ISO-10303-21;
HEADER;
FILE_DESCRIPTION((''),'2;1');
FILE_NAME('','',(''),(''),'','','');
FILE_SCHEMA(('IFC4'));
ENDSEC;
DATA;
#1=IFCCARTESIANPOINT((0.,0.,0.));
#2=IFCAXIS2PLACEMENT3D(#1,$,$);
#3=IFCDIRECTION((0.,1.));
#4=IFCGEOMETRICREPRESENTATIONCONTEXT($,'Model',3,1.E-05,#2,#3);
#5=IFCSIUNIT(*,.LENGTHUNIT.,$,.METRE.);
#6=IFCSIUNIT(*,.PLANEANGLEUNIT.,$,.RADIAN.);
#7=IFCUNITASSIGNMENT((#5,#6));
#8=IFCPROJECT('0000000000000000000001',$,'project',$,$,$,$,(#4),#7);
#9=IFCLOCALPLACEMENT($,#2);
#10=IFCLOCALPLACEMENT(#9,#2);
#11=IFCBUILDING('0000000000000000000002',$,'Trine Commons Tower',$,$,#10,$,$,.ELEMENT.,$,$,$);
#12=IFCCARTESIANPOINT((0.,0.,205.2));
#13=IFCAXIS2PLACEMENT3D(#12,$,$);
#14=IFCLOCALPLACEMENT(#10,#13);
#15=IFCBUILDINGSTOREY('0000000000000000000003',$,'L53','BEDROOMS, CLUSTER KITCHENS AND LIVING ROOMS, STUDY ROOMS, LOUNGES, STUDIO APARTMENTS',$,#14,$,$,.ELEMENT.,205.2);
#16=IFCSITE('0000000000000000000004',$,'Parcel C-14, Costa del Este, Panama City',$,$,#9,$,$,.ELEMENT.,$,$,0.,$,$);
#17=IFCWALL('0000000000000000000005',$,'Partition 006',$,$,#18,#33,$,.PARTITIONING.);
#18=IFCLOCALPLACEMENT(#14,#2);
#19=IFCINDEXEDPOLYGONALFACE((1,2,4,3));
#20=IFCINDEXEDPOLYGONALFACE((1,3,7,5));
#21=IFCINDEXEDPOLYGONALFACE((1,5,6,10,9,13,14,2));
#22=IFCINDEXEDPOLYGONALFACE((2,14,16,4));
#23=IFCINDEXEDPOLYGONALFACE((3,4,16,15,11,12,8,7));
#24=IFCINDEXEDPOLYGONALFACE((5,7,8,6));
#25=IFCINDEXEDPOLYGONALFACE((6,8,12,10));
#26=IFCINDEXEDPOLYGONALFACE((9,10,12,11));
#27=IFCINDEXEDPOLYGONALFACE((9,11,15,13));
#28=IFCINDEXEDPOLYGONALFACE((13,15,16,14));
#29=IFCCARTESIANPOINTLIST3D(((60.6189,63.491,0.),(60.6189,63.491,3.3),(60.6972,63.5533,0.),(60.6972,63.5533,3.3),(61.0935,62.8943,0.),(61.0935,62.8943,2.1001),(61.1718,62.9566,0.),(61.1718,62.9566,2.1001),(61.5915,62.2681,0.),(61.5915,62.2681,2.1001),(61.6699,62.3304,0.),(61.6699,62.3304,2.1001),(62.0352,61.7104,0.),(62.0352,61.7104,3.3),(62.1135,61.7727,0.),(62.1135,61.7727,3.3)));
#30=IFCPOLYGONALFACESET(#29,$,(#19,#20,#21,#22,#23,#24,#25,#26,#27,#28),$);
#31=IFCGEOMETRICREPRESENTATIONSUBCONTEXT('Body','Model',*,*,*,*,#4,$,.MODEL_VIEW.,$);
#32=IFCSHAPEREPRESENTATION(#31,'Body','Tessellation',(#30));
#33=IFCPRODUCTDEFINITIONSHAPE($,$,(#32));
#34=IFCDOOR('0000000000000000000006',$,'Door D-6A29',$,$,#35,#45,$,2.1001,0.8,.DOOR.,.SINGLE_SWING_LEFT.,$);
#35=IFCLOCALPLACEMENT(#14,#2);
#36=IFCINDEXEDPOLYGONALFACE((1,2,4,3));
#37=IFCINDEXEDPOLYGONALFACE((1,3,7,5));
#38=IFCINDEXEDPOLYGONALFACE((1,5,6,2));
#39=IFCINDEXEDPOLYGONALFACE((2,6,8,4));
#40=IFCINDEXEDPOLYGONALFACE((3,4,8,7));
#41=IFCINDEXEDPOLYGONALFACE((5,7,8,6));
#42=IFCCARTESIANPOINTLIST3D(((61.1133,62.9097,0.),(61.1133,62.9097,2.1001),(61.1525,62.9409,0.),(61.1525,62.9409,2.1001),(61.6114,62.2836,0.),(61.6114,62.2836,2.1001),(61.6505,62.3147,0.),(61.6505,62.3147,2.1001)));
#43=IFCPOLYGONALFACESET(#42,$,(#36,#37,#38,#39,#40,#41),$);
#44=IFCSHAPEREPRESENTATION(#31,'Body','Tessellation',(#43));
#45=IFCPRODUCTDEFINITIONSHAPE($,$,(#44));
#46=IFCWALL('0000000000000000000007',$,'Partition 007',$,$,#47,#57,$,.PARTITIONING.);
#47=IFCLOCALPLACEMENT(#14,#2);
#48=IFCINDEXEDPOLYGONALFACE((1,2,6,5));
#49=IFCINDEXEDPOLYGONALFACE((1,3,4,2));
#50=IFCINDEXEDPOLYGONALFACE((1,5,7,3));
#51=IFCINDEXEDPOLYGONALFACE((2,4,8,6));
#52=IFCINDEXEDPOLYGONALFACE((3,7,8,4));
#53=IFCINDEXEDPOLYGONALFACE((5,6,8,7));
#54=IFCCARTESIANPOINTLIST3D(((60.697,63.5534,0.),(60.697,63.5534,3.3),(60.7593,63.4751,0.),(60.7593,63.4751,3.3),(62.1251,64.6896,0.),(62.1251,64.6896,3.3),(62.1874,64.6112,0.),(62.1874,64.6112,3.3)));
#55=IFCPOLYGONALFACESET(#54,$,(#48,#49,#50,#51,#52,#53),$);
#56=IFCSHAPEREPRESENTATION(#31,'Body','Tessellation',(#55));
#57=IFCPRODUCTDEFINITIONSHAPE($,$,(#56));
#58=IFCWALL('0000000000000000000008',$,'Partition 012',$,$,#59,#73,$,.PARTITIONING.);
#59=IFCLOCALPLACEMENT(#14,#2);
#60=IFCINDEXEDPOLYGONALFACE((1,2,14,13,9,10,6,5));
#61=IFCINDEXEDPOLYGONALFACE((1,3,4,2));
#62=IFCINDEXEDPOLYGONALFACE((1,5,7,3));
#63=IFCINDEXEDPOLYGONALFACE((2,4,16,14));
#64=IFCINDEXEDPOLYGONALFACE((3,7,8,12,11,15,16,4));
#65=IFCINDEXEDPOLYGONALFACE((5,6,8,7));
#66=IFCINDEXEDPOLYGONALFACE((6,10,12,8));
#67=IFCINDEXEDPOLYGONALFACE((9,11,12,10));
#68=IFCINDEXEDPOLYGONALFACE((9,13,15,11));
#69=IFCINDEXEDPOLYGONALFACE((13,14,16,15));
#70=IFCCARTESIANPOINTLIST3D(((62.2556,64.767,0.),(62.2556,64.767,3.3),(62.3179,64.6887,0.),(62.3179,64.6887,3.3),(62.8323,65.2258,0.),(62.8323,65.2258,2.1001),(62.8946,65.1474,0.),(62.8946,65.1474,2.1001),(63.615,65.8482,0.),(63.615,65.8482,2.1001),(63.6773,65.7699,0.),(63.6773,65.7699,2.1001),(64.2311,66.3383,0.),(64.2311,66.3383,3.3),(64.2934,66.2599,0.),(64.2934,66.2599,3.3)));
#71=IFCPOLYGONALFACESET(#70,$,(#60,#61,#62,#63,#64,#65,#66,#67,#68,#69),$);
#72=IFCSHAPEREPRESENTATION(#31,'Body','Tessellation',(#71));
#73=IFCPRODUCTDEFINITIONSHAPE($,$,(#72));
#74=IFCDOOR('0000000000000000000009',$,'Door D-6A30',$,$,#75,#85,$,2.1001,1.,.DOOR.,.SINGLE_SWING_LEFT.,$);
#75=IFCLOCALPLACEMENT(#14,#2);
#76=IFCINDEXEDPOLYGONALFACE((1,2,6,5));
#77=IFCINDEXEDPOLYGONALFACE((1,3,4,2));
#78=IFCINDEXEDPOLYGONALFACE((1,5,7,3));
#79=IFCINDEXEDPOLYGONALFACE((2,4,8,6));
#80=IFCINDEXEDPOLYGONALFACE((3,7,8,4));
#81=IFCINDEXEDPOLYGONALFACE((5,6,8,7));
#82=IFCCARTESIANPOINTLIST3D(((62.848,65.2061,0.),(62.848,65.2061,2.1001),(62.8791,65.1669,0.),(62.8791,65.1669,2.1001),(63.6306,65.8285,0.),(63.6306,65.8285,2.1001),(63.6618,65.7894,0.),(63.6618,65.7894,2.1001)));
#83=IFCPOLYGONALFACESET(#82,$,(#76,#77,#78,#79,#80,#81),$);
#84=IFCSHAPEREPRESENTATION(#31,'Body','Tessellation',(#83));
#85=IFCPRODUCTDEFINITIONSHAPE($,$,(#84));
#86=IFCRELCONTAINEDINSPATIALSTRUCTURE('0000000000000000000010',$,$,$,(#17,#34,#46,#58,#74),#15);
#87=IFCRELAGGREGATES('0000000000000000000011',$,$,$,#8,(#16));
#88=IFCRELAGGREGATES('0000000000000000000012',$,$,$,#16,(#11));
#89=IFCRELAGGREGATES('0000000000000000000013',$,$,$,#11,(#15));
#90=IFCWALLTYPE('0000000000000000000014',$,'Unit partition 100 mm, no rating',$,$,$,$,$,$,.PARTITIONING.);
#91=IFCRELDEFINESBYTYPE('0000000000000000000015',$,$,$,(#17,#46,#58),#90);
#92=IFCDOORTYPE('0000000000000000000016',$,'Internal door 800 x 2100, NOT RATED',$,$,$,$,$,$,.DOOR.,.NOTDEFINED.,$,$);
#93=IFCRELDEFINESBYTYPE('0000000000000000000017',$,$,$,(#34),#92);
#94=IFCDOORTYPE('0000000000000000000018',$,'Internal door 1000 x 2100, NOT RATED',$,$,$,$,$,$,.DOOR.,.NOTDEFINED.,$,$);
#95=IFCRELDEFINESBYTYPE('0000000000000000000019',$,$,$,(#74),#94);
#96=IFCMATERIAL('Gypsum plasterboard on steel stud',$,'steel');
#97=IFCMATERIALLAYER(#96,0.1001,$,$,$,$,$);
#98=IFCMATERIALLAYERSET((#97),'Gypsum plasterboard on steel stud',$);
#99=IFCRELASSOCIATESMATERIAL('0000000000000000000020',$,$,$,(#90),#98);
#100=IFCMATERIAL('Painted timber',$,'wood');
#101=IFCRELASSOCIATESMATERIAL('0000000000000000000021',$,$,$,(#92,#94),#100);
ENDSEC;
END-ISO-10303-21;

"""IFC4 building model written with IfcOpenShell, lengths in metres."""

from ifc_helpers import new_model, si_unit, direction, frame, frame_2d, origin, place, context, subcontext, project, spatial, rectangle, extrude, material, layer, layer_set, type_object, element, fill, save


model = new_model("IFC4")

# Units and contexts
model_context = context("Model", 3, precision=1e-05, world=origin(), true_north=direction((0.0, 1.0)))
body_context = subcontext(model_context, "Body", "Model", "MODEL_VIEW")
ifc_project = project(units=[si_unit("LENGTHUNIT", "METRE"), si_unit("PLANEANGLEUNIT", "RADIAN")], contexts=[model_context])

# Site, building, storey
site_placement = place(None, origin())
site = spatial("IfcSite", under=ifc_project, at=site_placement, Name="Parcel C-14, Costa del Este, Panama City", CompositionType="ELEMENT", RefElevation=0.0)
building_placement = place(site_placement, origin())
building = spatial("IfcBuilding", under=site, at=building_placement, Name="Trine Commons Tower", CompositionType="ELEMENT")
storey_placement = place(building_placement, frame((0.0, 0.0, 205.2)))
storey = spatial("IfcBuildingStorey", under=building, at=storey_placement, Name="L53", Description="BEDROOMS, CLUSTER KITCHENS AND LIVING ROOMS, STUDY ROOMS, LOUNGES, STUDIO APARTMENTS", CompositionType="ELEMENT", Elevation=205.2)

# Shared definitions
ifc_material_1 = material(Name="Gypsum plasterboard on steel stud", Category="steel")

# Wall, opening, door
ifc_layer_1 = layer(ifc_material_1, 0.1001)
ifc_layer_set_1 = layer_set([ifc_layer_1], Name="Gypsum plasterboard on steel stud")
wall_type_1 = type_object("IfcWallType", Name="Unit partition 100 mm, no rating", PredefinedType="PARTITIONING", material=ifc_layer_set_1)
wall_1_placement = place(storey_placement, frame((60.658, 63.5222, 0.0), z_axis=(0.0, 0.0, 1.0), x_axis=(0.622507, -0.782614, 0.0)))
wall_1 = element("IfcWall", 1, at=wall_1_placement, inside=storey, type_object=wall_type_1, Name="Partition 006", PredefinedType="PARTITIONING", context=body_context, shape_type="SweptSolid", body=[
    extrude(rectangle(XDim=2.2751, YDim=0.1001, at=frame_2d((1.1377, 0.0))), origin(), (0.0, 0.0, 1.0), 3.3),
])
opening_1_placement = place(wall_1_placement, frame((0.7627, 0.0, 0.0)))
opening_1 = element("IfcOpeningElement", 2, at=opening_1_placement, cuts=wall_1, PredefinedType="OPENING", context=body_context, shape_type="SweptSolid", body=[
    extrude(rectangle(XDim=0.8, YDim=2.1001, at=frame_2d((0.3999, 1.05))), frame((0.0, 0.0601, 0.0), z_axis=(0.0, -1.0, 0.0), x_axis=(1.0, 0.0, 0.0)), (0.0, 0.0, 1.0), 0.1201),
])
ifc_material_2 = material(Name="Painted timber", Category="wood")
door_type_1 = type_object("IfcDoorType", Name="Internal door 800 x 2100, NOT RATED", OperationType="NOTDEFINED", PredefinedType="DOOR", material=ifc_material_2)
door_1_placement = place(opening_1_placement, frame((0.8, 0.0, 0.0), z_axis=(0.0, 0.0, 1.0), x_axis=(-1.0, 0.0, 0.0)))
door_1 = element("IfcDoor", 3, at=door_1_placement, inside=storey, type_object=door_type_1, Name="Door D-6A29", OperationType="SINGLE_SWING_LEFT", OverallHeight=2.1001, OverallWidth=0.8, PredefinedType="DOOR", context=body_context, shape_type="SweptSolid", body=[
    extrude(rectangle(XDim=0.8, YDim=2.1001, at=frame_2d((0.3999, 1.05))), frame((0.0, 0.0249, 0.0), z_axis=(0.0, -1.0, 0.0), x_axis=(1.0, 0.0, 0.0)), (0.0, 0.0, 1.0), 0.05),
])
fill(opening_1, door_1)

# Wall
wall_2_placement = place(storey_placement, frame((60.728, 63.5142, 0.0), z_axis=(0.0, 0.0, 1.0), x_axis=(0.782563, 0.622572, 0.0)))
element("IfcWall", 4, at=wall_2_placement, inside=storey, type_object=wall_type_1, Name="Partition 007", PredefinedType="PARTITIONING", context=body_context, shape_type="SweptSolid", body=[
    extrude(rectangle(XDim=1.825, YDim=0.1001, at=frame_2d((0.9126, 0.0))), origin(), (0.0, 0.0, 1.0), 3.3),
])

# Wall, opening, door
wall_3_placement = place(storey_placement, frame((62.2866, 64.7278, 0.0), z_axis=(0.0, 0.0, 1.0), x_axis=(0.78264, 0.622475, 0.0)))
wall_3 = element("IfcWall", 5, at=wall_3_placement, inside=storey, type_object=wall_type_1, Name="Partition 012", PredefinedType="PARTITIONING", context=body_context, shape_type="SweptSolid", body=[
    extrude(rectangle(XDim=2.5242, YDim=0.1001, at=frame_2d((1.2622, 0.0))), origin(), (0.0, 0.0, 1.0), 3.3),
])
opening_2_placement = place(wall_3_placement, frame((0.7371, 0.0, 0.0)))
opening_2 = element("IfcOpeningElement", 6, at=opening_2_placement, cuts=wall_3, PredefinedType="OPENING", context=body_context, shape_type="SweptSolid", body=[
    extrude(rectangle(XDim=1.0, YDim=2.1001, at=frame_2d((0.5, 1.05))), frame((0.0, 0.0601, 0.0), z_axis=(0.0, -1.0, 0.0), x_axis=(1.0, 0.0, 0.0)), (0.0, 0.0, 1.0), 0.1201),
])
door_type_2 = type_object("IfcDoorType", Name="Internal door 1000 x 2100, NOT RATED", OperationType="NOTDEFINED", PredefinedType="DOOR", material=ifc_material_2)
door_2_placement = place(opening_2_placement, origin())
door_2 = element("IfcDoor", 7, at=door_2_placement, inside=storey, type_object=door_type_2, Name="Door D-6A30", OperationType="SINGLE_SWING_LEFT", OverallHeight=2.1001, OverallWidth=1.0, PredefinedType="DOOR", context=body_context, shape_type="SweptSolid", body=[
    extrude(rectangle(XDim=1.0, YDim=2.1001, at=frame_2d((0.5, 1.05))), frame((0.0, 0.0249, 0.0), z_axis=(0.0, -1.0, 0.0), x_axis=(1.0, 0.0, 0.0)), (0.0, 0.0, 1.0), 0.05),
])
fill(opening_2, door_2)

save(model, "model.ifc")
